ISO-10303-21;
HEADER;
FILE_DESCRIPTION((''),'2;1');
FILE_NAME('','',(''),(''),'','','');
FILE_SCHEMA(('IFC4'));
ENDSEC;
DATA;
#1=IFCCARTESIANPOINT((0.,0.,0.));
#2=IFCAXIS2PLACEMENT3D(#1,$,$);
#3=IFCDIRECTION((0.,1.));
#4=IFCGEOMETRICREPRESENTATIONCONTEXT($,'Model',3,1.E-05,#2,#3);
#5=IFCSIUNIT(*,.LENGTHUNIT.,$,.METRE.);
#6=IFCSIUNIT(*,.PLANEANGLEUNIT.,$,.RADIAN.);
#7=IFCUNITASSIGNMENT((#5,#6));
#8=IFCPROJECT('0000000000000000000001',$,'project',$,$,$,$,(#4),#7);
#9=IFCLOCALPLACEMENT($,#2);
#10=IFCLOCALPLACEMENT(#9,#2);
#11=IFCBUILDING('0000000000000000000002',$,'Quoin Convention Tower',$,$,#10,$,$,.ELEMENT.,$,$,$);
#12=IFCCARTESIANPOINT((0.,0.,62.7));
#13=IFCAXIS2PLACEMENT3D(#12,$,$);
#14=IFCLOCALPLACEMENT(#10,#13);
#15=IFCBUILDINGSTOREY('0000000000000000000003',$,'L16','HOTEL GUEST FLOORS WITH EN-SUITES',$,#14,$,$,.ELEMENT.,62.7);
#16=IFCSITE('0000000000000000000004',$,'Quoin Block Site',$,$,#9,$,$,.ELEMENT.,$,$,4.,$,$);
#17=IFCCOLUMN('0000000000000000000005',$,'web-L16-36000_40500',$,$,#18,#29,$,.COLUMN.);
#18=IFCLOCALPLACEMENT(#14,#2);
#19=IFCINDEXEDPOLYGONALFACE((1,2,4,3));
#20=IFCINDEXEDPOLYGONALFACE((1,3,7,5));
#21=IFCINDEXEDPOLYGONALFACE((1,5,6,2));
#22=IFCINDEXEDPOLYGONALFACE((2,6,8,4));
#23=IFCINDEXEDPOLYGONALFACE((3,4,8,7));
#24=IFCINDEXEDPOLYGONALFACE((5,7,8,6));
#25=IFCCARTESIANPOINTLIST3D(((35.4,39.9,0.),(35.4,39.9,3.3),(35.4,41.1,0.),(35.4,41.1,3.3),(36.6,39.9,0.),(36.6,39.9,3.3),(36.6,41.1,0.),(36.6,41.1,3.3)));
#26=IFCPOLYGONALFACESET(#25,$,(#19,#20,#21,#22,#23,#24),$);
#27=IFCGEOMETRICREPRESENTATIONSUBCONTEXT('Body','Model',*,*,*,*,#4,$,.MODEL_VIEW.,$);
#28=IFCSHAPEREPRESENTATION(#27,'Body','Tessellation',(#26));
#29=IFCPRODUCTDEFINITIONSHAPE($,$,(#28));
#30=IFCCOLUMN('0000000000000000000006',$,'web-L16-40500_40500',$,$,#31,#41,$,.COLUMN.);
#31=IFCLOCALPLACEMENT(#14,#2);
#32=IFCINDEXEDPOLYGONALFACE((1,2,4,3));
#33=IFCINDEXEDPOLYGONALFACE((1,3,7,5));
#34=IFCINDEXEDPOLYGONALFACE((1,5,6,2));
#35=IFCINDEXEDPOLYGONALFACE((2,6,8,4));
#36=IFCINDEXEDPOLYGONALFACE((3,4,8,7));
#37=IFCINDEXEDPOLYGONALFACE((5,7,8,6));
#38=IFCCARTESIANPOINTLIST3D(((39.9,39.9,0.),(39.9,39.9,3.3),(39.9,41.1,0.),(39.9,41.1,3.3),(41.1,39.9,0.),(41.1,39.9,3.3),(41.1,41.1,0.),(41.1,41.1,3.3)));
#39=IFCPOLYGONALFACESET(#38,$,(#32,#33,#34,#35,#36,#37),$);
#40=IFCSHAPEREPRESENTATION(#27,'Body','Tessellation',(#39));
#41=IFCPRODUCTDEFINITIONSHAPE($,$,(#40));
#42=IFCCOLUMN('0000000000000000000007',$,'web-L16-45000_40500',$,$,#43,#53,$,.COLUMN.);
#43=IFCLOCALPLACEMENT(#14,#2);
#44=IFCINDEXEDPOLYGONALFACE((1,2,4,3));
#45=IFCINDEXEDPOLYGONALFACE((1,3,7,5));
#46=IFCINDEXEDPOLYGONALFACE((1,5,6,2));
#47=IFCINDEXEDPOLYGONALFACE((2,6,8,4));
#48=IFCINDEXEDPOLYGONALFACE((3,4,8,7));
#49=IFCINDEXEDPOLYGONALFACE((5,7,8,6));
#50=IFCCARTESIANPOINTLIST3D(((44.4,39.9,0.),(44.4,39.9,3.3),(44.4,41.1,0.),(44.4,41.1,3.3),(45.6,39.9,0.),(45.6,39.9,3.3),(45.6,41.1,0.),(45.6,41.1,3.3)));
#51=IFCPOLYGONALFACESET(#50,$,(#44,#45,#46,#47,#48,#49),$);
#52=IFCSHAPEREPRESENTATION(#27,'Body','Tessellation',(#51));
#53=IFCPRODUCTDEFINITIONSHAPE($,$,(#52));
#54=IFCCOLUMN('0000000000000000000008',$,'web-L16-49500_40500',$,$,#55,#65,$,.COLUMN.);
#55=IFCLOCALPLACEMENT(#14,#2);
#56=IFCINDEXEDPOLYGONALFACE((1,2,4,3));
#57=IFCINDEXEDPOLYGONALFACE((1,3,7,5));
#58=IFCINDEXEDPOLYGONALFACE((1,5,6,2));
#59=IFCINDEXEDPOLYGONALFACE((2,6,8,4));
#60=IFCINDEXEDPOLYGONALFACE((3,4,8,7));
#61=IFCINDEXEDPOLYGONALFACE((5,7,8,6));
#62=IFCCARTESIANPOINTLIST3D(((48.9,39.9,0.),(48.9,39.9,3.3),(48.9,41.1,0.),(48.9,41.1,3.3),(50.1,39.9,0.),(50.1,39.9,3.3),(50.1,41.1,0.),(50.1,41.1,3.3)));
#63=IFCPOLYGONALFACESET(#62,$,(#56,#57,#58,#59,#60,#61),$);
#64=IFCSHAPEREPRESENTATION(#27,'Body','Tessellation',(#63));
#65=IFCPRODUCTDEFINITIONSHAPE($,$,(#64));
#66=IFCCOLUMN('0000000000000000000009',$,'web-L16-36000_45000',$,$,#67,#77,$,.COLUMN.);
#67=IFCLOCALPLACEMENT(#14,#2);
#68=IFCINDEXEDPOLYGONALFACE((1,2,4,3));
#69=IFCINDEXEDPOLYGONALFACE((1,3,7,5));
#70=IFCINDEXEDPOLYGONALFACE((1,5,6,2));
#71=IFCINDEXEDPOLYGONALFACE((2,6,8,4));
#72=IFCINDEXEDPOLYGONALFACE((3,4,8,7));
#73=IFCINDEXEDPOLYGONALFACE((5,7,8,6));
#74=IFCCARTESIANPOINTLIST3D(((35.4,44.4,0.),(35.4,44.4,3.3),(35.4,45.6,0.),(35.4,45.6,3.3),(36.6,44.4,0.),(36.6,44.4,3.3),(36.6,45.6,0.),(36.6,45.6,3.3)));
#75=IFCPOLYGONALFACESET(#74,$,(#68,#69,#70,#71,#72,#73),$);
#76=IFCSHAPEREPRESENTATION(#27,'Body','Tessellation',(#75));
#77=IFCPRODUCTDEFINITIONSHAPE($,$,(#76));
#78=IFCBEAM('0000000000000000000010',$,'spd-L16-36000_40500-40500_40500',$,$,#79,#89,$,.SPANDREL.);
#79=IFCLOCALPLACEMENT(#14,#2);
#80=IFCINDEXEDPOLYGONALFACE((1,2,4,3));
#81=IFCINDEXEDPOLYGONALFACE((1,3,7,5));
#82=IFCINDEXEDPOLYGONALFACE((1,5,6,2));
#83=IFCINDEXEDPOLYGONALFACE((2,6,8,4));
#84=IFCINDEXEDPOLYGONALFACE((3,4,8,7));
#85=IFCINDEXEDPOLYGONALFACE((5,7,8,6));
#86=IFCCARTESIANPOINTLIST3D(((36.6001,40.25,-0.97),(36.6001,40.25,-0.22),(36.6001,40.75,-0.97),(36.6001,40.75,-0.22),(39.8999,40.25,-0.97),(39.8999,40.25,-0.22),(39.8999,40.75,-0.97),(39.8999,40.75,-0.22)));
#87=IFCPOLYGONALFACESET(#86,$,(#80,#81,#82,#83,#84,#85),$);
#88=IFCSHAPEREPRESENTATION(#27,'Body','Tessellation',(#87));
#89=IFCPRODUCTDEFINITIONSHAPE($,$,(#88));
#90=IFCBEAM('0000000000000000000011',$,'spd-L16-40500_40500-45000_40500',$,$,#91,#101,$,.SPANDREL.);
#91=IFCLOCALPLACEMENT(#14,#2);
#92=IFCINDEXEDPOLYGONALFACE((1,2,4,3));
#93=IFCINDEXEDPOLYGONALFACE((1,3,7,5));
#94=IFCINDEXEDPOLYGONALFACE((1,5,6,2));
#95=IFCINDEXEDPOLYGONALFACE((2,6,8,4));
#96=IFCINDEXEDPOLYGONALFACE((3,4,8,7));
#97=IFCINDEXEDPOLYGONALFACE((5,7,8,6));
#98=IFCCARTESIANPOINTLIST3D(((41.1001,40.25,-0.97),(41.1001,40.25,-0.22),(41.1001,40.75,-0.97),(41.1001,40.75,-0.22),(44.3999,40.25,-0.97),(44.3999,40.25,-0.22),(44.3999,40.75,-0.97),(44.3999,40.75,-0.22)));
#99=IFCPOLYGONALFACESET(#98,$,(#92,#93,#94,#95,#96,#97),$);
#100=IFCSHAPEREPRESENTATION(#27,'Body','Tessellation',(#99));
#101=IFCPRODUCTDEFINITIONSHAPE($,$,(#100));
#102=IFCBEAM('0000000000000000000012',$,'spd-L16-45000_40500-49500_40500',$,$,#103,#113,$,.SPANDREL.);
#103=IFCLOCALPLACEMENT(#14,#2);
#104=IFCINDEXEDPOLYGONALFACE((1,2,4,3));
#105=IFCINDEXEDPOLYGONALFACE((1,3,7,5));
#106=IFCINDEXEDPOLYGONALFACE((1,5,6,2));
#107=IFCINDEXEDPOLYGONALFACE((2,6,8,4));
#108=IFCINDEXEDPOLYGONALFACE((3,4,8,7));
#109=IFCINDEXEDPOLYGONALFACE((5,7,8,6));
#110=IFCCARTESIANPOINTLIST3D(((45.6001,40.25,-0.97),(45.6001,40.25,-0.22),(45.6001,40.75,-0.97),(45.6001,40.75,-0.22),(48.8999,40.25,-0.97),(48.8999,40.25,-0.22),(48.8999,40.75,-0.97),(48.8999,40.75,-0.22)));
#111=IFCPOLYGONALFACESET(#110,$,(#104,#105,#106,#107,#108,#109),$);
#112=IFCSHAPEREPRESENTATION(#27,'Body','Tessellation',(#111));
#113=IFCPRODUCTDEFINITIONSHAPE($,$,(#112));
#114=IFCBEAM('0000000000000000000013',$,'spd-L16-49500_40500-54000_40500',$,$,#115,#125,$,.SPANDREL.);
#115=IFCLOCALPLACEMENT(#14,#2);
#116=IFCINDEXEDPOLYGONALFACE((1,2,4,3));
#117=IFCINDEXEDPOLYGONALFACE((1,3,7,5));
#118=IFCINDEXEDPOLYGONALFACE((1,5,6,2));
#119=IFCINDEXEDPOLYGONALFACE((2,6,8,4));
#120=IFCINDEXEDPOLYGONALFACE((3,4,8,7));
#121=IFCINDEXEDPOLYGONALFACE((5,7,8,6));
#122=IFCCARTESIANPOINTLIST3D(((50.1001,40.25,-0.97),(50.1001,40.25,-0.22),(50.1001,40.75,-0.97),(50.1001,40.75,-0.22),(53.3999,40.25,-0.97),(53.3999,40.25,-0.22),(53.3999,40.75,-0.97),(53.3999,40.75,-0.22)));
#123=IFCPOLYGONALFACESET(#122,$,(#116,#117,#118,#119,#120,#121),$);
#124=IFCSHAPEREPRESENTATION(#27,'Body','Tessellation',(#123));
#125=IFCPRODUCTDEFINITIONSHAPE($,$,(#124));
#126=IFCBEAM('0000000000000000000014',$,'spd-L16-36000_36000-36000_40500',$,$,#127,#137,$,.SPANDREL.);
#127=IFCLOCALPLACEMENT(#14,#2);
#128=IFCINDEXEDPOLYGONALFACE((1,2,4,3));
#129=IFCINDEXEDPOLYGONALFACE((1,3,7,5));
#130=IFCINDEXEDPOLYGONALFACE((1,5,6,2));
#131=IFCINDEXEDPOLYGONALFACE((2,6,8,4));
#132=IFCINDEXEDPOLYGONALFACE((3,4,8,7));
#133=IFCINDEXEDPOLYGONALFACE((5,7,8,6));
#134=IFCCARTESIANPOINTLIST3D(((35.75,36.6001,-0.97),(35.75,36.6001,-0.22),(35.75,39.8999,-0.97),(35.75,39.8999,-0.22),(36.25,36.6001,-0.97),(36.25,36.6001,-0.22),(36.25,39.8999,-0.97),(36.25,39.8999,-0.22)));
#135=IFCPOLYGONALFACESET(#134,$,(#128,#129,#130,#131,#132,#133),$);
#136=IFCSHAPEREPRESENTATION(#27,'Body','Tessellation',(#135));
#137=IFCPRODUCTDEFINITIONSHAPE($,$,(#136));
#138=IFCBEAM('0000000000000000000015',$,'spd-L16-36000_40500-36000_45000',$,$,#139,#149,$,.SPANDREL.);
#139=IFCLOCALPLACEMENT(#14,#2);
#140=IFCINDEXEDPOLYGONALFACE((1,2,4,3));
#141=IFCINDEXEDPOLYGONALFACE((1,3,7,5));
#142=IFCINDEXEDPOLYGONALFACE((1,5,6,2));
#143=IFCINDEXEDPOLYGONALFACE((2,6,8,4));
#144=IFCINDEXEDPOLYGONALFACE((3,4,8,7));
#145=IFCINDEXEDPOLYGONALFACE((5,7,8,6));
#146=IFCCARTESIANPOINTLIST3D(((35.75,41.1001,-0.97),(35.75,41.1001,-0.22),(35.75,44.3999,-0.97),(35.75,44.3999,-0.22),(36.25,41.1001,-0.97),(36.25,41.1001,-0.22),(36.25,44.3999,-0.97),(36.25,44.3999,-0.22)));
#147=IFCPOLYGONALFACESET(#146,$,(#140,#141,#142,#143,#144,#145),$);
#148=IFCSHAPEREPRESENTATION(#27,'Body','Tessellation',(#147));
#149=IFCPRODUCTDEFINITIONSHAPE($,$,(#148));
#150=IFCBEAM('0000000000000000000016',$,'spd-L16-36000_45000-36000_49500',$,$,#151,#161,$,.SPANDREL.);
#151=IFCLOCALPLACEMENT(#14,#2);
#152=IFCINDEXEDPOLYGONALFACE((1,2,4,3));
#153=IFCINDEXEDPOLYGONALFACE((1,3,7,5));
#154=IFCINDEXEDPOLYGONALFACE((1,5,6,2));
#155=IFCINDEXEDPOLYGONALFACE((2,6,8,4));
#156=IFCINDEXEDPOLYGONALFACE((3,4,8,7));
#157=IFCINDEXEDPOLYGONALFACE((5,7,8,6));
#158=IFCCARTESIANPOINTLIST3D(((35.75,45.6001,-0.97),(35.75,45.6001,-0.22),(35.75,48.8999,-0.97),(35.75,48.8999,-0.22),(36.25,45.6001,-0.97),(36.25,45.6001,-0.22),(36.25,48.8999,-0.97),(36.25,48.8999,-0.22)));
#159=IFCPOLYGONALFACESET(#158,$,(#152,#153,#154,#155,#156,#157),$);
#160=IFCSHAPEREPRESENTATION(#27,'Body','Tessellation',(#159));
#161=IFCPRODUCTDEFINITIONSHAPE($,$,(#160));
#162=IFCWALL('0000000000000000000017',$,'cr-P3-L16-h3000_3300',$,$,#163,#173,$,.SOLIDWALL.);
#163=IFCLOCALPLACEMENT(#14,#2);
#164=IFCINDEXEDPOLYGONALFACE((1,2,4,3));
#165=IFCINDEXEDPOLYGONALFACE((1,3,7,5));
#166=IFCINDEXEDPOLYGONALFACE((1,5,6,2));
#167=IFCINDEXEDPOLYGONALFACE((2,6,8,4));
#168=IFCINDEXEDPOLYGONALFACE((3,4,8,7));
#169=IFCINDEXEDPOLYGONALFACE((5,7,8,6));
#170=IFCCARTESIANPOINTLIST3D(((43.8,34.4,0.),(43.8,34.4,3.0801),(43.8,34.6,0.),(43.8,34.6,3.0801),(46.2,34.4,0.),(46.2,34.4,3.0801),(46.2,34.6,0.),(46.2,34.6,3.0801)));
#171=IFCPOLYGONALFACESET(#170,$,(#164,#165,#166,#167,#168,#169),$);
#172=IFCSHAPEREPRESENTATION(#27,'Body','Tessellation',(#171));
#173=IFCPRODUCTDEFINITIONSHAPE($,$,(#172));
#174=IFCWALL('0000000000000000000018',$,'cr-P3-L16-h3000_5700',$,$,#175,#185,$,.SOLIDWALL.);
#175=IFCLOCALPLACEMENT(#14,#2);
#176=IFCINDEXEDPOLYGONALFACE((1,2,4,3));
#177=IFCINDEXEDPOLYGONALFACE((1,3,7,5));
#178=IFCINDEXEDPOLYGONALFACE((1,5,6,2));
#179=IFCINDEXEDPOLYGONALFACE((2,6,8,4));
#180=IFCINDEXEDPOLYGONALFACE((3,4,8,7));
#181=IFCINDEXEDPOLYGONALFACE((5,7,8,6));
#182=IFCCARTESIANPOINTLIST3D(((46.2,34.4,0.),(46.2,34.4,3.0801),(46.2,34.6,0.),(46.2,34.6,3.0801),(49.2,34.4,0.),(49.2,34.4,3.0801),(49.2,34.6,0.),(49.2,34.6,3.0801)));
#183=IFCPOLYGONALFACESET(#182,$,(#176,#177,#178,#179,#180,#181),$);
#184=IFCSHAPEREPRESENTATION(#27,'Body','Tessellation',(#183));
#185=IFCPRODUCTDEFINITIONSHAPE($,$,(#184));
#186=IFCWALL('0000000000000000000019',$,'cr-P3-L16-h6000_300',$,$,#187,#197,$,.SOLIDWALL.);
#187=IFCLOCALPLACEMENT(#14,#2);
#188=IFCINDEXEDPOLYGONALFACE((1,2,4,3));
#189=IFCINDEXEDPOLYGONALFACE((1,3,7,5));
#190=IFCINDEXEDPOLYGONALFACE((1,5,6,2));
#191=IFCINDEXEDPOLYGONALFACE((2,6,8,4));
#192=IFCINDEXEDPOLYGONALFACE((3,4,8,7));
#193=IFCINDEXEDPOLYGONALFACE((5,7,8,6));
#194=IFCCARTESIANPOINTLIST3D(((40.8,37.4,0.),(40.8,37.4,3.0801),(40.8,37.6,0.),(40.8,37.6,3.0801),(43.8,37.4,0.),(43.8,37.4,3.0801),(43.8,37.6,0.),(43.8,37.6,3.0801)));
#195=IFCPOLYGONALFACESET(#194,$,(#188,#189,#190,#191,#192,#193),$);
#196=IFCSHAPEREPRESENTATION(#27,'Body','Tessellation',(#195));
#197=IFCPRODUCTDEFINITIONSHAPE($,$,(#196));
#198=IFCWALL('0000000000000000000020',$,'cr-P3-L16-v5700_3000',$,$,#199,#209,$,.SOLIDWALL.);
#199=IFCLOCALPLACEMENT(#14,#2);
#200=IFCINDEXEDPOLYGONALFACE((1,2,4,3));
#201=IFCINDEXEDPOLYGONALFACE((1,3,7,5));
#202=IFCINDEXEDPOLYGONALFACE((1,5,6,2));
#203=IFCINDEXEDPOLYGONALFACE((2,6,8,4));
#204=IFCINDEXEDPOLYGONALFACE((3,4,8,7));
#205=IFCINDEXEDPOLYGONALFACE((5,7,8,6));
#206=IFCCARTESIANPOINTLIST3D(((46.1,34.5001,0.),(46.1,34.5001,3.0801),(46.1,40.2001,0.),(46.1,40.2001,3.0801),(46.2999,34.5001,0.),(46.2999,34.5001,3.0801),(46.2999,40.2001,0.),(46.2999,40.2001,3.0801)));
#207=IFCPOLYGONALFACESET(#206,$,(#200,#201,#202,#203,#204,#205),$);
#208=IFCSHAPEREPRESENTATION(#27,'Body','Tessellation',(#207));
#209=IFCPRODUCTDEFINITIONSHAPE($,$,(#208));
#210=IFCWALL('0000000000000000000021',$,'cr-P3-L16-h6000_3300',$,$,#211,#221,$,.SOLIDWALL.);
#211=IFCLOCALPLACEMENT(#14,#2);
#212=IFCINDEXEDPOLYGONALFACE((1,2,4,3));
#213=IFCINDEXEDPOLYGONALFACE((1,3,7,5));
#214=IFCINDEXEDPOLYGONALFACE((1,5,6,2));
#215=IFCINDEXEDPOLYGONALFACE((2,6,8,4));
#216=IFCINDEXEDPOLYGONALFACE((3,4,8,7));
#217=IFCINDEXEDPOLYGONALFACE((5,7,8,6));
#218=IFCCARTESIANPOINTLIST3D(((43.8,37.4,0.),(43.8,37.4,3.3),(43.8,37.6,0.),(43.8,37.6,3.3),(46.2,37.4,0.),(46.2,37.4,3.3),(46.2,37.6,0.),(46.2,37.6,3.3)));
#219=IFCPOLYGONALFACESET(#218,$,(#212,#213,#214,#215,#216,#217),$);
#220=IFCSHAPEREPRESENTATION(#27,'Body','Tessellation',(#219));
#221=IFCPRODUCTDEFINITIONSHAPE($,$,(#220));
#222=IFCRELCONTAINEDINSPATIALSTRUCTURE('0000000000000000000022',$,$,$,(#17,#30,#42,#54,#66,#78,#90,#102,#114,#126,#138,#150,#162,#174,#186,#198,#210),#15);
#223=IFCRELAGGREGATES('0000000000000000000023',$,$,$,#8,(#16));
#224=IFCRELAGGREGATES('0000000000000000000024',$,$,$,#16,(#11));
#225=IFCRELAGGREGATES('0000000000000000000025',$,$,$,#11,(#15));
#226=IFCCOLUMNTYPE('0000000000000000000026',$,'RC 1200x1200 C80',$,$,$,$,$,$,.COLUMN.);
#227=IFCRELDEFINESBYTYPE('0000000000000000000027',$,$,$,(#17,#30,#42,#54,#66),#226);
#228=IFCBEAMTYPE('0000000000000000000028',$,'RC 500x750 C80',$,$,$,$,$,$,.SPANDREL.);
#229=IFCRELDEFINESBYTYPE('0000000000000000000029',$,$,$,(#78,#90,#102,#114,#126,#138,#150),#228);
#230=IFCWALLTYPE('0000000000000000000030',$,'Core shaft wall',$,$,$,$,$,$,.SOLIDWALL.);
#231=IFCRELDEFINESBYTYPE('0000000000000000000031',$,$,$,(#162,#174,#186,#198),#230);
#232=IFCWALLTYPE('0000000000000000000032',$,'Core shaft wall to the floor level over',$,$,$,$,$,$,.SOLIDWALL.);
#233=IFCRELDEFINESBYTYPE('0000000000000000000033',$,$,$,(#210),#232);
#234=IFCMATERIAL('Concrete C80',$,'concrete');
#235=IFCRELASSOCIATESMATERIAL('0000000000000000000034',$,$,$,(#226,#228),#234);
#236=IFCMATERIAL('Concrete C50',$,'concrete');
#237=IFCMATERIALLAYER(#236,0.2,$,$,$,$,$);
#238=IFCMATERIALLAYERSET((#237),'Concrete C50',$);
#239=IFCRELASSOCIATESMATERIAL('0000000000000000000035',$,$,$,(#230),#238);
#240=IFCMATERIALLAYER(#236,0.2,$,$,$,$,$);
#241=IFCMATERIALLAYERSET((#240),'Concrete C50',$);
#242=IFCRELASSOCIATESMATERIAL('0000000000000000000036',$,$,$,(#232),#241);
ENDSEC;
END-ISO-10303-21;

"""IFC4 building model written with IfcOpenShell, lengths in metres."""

from ifc_helpers import new_model, si_unit, direction, frame, frame_2d, origin, origin_2d, place, context, subcontext, project, spatial, rectangle, extrude, material, layer, layer_set, material_profile, profile_set, type_object, element, save


model = new_model("IFC4")

# Units and contexts
model_context = context("Model", 3, precision=1e-05, world=origin(), true_north=direction((0.0, 1.0)))
body_context = subcontext(model_context, "Body", "Model", "MODEL_VIEW")
ifc_project = project(units=[si_unit("LENGTHUNIT", "METRE"), si_unit("PLANEANGLEUNIT", "RADIAN")], contexts=[model_context])

# Site, building, storey
site_placement = place(None, origin())
site = spatial("IfcSite", under=ifc_project, at=site_placement, Name="Quoin Block Site", CompositionType="ELEMENT", RefElevation=4.0)
building_placement = place(site_placement, origin())
building = spatial("IfcBuilding", under=site, at=building_placement, Name="Quoin Convention Tower", CompositionType="ELEMENT")
storey_placement = place(building_placement, frame((0.0, 0.0, 62.7)))
storey = spatial("IfcBuildingStorey", under=building, at=storey_placement, Name="L16", Description="HOTEL GUEST FLOORS WITH EN-SUITES", CompositionType="ELEMENT", Elevation=62.7)

# Columns
ifc_material_1 = material(Name="Concrete C80", Category="concrete")
ifc_material_profile_1 = material_profile(ifc_material_1, rectangle(XDim=1.2, YDim=1.2, at=origin_2d()), Name="RC 1200x1200")
ifc_profile_set_1 = profile_set([ifc_material_profile_1], Name="Concrete C80")
column_type = type_object("IfcColumnType", Name="RC 1200x1200 C80", PredefinedType="COLUMN", material=ifc_profile_set_1)
for number, where, z_axis, x_axis, name in (
    (1, (36.0, 40.5, 0.0), (0.0, 0.0, 1.0), (1.0, 0.0, 0.0), "web-L16-36000_40500"),
    (2, (40.5, 40.5, 0.0), (0.0, 0.0, 1.0), (1.0, 0.0, 0.0), "web-L16-40500_40500"),
    (3, (45.0, 40.5, 0.0), (0.0, 0.0, 1.0), (1.0, 0.0, 0.0), "web-L16-45000_40500"),
    (4, (49.5, 40.5, 0.0), (0.0, 0.0, 1.0), (1.0, 0.0, 0.0), "web-L16-49500_40500"),
    (5, (36.0, 45.0, 0.0), (0.0, 0.0, 1.0), (1.0, 0.0, 0.0), "web-L16-36000_45000"),
):
    element("IfcColumn", number, at=place(storey_placement, frame(where, z_axis=z_axis, x_axis=x_axis)), inside=storey, type_object=column_type, Name=name, PredefinedType="COLUMN", context=body_context, shape_type="SweptSolid", body=[
        extrude(rectangle(XDim=1.2, YDim=1.2, at=origin_2d()), origin(), (0.0, 0.0, 1.0), 3.3),
    ])

# Beams
ifc_material_profile_2 = material_profile(ifc_material_1, rectangle(XDim=0.5, YDim=0.75, at=origin_2d()), Name="RC 500x750")
ifc_profile_set_2 = profile_set([ifc_material_profile_2], Name="Concrete C80")
beam_type = type_object("IfcBeamType", Name="RC 500x750 C80", PredefinedType="SPANDREL", material=ifc_profile_set_2)
for number, where, z_axis, x_axis, name in (
    (6, (36.6001, 40.5, -0.595), (1.0, 0.0, 0.0), (0.0, 1.0, 0.0), "spd-L16-36000_40500-40500_40500"),
    (7, (41.1001, 40.5, -0.595), (1.0, 0.0, 0.0), (0.0, 1.0, 0.0), "spd-L16-40500_40500-45000_40500"),
    (8, (45.6001, 40.5, -0.595), (1.0, 0.0, 0.0), (0.0, 1.0, 0.0), "spd-L16-45000_40500-49500_40500"),
    (9, (50.1001, 40.5, -0.595), (1.0, 0.0, 0.0), (0.0, 1.0, 0.0), "spd-L16-49500_40500-54000_40500"),
    (10, (36.0, 36.6001, -0.595), (0.0, 1.0, 0.0), (-1.0, 0.0, 0.0), "spd-L16-36000_36000-36000_40500"),
    (11, (36.0, 41.1001, -0.595), (0.0, 1.0, 0.0), (-1.0, 0.0, 0.0), "spd-L16-36000_40500-36000_45000"),
    (12, (36.0, 45.6001, -0.595), (0.0, 1.0, 0.0), (-1.0, 0.0, 0.0), "spd-L16-36000_45000-36000_49500"),
):
    element("IfcBeam", number, at=place(storey_placement, frame(where, z_axis=z_axis, x_axis=x_axis)), inside=storey, type_object=beam_type, Name=name, PredefinedType="SPANDREL", context=body_context, shape_type="SweptSolid", body=[
        extrude(rectangle(XDim=0.5, YDim=0.75, at=origin_2d()), origin(), (0.0, 0.0, 1.0), 3.2998),
    ])

# Walls
ifc_material_2 = material(Name="Concrete C50", Category="concrete")
ifc_layer_1 = layer(ifc_material_2, 0.2)
ifc_layer_set_1 = layer_set([ifc_layer_1], Name="Concrete C50")
wall_type_1 = type_object("IfcWallType", Name="Core shaft wall", PredefinedType="SOLIDWALL", material=ifc_layer_set_1)
wall_1_placement = place(storey_placement, frame((43.8, 34.5, 0.0), z_axis=(0.0, 0.0, 1.0), x_axis=(1.0, 0.0, 0.0)))
element("IfcWall", 13, at=wall_1_placement, inside=storey, type_object=wall_type_1, Name="cr-P3-L16-h3000_3300", PredefinedType="SOLIDWALL", context=body_context, shape_type="SweptSolid", body=[
    extrude(rectangle(XDim=2.3999, YDim=0.2, at=frame_2d((1.2, 0.0))), origin(), (0.0, 0.0, 1.0), 3.0801),
])
for number, where, z_axis, x_axis, name in (
    (14, (46.2, 34.5, 0.0), (0.0, 0.0, 1.0), (1.0, 0.0, 0.0), "cr-P3-L16-h3000_5700"),
    (15, (40.8, 37.5, 0.0), (0.0, 0.0, 1.0), (1.0, 0.0, 0.0), "cr-P3-L16-h6000_300"),
):
    element("IfcWall", number, at=place(storey_placement, frame(where, z_axis=z_axis, x_axis=x_axis)), inside=storey, type_object=wall_type_1, Name=name, PredefinedType="SOLIDWALL", context=body_context, shape_type="SweptSolid", body=[
        extrude(rectangle(XDim=3.0, YDim=0.2, at=frame_2d((1.5, 0.0))), origin(), (0.0, 0.0, 1.0), 3.0801),
    ])
wall_2_placement = place(storey_placement, frame((46.2, 34.5, 0.0), z_axis=(0.0, 0.0, 1.0), x_axis=(0.0, 1.0, 0.0)))
element("IfcWall", 16, at=wall_2_placement, inside=storey, type_object=wall_type_1, Name="cr-P3-L16-v5700_3000", PredefinedType="SOLIDWALL", context=body_context, shape_type="SweptSolid", body=[
    extrude(rectangle(XDim=5.7, YDim=0.2, at=frame_2d((2.8501, 0.0))), origin(), (0.0, 0.0, 1.0), 3.0801),
])
ifc_layer_2 = layer(ifc_material_2, 0.2)
ifc_layer_set_2 = layer_set([ifc_layer_2], Name="Concrete C50")
wall_type_2 = type_object("IfcWallType", Name="Core shaft wall to the floor level over", PredefinedType="SOLIDWALL", material=ifc_layer_set_2)
wall_3_placement = place(storey_placement, frame((43.8, 37.5, 0.0), z_axis=(0.0, 0.0, 1.0), x_axis=(1.0, 0.0, 0.0)))
element("IfcWall", 17, at=wall_3_placement, inside=storey, type_object=wall_type_2, Name="cr-P3-L16-h6000_3300", PredefinedType="SOLIDWALL", context=body_context, shape_type="SweptSolid", body=[
    extrude(rectangle(XDim=2.3999, YDim=0.2, at=frame_2d((1.2, 0.0))), origin(), (0.0, 0.0, 1.0), 3.3),
])

save(model, "model.ifc")
